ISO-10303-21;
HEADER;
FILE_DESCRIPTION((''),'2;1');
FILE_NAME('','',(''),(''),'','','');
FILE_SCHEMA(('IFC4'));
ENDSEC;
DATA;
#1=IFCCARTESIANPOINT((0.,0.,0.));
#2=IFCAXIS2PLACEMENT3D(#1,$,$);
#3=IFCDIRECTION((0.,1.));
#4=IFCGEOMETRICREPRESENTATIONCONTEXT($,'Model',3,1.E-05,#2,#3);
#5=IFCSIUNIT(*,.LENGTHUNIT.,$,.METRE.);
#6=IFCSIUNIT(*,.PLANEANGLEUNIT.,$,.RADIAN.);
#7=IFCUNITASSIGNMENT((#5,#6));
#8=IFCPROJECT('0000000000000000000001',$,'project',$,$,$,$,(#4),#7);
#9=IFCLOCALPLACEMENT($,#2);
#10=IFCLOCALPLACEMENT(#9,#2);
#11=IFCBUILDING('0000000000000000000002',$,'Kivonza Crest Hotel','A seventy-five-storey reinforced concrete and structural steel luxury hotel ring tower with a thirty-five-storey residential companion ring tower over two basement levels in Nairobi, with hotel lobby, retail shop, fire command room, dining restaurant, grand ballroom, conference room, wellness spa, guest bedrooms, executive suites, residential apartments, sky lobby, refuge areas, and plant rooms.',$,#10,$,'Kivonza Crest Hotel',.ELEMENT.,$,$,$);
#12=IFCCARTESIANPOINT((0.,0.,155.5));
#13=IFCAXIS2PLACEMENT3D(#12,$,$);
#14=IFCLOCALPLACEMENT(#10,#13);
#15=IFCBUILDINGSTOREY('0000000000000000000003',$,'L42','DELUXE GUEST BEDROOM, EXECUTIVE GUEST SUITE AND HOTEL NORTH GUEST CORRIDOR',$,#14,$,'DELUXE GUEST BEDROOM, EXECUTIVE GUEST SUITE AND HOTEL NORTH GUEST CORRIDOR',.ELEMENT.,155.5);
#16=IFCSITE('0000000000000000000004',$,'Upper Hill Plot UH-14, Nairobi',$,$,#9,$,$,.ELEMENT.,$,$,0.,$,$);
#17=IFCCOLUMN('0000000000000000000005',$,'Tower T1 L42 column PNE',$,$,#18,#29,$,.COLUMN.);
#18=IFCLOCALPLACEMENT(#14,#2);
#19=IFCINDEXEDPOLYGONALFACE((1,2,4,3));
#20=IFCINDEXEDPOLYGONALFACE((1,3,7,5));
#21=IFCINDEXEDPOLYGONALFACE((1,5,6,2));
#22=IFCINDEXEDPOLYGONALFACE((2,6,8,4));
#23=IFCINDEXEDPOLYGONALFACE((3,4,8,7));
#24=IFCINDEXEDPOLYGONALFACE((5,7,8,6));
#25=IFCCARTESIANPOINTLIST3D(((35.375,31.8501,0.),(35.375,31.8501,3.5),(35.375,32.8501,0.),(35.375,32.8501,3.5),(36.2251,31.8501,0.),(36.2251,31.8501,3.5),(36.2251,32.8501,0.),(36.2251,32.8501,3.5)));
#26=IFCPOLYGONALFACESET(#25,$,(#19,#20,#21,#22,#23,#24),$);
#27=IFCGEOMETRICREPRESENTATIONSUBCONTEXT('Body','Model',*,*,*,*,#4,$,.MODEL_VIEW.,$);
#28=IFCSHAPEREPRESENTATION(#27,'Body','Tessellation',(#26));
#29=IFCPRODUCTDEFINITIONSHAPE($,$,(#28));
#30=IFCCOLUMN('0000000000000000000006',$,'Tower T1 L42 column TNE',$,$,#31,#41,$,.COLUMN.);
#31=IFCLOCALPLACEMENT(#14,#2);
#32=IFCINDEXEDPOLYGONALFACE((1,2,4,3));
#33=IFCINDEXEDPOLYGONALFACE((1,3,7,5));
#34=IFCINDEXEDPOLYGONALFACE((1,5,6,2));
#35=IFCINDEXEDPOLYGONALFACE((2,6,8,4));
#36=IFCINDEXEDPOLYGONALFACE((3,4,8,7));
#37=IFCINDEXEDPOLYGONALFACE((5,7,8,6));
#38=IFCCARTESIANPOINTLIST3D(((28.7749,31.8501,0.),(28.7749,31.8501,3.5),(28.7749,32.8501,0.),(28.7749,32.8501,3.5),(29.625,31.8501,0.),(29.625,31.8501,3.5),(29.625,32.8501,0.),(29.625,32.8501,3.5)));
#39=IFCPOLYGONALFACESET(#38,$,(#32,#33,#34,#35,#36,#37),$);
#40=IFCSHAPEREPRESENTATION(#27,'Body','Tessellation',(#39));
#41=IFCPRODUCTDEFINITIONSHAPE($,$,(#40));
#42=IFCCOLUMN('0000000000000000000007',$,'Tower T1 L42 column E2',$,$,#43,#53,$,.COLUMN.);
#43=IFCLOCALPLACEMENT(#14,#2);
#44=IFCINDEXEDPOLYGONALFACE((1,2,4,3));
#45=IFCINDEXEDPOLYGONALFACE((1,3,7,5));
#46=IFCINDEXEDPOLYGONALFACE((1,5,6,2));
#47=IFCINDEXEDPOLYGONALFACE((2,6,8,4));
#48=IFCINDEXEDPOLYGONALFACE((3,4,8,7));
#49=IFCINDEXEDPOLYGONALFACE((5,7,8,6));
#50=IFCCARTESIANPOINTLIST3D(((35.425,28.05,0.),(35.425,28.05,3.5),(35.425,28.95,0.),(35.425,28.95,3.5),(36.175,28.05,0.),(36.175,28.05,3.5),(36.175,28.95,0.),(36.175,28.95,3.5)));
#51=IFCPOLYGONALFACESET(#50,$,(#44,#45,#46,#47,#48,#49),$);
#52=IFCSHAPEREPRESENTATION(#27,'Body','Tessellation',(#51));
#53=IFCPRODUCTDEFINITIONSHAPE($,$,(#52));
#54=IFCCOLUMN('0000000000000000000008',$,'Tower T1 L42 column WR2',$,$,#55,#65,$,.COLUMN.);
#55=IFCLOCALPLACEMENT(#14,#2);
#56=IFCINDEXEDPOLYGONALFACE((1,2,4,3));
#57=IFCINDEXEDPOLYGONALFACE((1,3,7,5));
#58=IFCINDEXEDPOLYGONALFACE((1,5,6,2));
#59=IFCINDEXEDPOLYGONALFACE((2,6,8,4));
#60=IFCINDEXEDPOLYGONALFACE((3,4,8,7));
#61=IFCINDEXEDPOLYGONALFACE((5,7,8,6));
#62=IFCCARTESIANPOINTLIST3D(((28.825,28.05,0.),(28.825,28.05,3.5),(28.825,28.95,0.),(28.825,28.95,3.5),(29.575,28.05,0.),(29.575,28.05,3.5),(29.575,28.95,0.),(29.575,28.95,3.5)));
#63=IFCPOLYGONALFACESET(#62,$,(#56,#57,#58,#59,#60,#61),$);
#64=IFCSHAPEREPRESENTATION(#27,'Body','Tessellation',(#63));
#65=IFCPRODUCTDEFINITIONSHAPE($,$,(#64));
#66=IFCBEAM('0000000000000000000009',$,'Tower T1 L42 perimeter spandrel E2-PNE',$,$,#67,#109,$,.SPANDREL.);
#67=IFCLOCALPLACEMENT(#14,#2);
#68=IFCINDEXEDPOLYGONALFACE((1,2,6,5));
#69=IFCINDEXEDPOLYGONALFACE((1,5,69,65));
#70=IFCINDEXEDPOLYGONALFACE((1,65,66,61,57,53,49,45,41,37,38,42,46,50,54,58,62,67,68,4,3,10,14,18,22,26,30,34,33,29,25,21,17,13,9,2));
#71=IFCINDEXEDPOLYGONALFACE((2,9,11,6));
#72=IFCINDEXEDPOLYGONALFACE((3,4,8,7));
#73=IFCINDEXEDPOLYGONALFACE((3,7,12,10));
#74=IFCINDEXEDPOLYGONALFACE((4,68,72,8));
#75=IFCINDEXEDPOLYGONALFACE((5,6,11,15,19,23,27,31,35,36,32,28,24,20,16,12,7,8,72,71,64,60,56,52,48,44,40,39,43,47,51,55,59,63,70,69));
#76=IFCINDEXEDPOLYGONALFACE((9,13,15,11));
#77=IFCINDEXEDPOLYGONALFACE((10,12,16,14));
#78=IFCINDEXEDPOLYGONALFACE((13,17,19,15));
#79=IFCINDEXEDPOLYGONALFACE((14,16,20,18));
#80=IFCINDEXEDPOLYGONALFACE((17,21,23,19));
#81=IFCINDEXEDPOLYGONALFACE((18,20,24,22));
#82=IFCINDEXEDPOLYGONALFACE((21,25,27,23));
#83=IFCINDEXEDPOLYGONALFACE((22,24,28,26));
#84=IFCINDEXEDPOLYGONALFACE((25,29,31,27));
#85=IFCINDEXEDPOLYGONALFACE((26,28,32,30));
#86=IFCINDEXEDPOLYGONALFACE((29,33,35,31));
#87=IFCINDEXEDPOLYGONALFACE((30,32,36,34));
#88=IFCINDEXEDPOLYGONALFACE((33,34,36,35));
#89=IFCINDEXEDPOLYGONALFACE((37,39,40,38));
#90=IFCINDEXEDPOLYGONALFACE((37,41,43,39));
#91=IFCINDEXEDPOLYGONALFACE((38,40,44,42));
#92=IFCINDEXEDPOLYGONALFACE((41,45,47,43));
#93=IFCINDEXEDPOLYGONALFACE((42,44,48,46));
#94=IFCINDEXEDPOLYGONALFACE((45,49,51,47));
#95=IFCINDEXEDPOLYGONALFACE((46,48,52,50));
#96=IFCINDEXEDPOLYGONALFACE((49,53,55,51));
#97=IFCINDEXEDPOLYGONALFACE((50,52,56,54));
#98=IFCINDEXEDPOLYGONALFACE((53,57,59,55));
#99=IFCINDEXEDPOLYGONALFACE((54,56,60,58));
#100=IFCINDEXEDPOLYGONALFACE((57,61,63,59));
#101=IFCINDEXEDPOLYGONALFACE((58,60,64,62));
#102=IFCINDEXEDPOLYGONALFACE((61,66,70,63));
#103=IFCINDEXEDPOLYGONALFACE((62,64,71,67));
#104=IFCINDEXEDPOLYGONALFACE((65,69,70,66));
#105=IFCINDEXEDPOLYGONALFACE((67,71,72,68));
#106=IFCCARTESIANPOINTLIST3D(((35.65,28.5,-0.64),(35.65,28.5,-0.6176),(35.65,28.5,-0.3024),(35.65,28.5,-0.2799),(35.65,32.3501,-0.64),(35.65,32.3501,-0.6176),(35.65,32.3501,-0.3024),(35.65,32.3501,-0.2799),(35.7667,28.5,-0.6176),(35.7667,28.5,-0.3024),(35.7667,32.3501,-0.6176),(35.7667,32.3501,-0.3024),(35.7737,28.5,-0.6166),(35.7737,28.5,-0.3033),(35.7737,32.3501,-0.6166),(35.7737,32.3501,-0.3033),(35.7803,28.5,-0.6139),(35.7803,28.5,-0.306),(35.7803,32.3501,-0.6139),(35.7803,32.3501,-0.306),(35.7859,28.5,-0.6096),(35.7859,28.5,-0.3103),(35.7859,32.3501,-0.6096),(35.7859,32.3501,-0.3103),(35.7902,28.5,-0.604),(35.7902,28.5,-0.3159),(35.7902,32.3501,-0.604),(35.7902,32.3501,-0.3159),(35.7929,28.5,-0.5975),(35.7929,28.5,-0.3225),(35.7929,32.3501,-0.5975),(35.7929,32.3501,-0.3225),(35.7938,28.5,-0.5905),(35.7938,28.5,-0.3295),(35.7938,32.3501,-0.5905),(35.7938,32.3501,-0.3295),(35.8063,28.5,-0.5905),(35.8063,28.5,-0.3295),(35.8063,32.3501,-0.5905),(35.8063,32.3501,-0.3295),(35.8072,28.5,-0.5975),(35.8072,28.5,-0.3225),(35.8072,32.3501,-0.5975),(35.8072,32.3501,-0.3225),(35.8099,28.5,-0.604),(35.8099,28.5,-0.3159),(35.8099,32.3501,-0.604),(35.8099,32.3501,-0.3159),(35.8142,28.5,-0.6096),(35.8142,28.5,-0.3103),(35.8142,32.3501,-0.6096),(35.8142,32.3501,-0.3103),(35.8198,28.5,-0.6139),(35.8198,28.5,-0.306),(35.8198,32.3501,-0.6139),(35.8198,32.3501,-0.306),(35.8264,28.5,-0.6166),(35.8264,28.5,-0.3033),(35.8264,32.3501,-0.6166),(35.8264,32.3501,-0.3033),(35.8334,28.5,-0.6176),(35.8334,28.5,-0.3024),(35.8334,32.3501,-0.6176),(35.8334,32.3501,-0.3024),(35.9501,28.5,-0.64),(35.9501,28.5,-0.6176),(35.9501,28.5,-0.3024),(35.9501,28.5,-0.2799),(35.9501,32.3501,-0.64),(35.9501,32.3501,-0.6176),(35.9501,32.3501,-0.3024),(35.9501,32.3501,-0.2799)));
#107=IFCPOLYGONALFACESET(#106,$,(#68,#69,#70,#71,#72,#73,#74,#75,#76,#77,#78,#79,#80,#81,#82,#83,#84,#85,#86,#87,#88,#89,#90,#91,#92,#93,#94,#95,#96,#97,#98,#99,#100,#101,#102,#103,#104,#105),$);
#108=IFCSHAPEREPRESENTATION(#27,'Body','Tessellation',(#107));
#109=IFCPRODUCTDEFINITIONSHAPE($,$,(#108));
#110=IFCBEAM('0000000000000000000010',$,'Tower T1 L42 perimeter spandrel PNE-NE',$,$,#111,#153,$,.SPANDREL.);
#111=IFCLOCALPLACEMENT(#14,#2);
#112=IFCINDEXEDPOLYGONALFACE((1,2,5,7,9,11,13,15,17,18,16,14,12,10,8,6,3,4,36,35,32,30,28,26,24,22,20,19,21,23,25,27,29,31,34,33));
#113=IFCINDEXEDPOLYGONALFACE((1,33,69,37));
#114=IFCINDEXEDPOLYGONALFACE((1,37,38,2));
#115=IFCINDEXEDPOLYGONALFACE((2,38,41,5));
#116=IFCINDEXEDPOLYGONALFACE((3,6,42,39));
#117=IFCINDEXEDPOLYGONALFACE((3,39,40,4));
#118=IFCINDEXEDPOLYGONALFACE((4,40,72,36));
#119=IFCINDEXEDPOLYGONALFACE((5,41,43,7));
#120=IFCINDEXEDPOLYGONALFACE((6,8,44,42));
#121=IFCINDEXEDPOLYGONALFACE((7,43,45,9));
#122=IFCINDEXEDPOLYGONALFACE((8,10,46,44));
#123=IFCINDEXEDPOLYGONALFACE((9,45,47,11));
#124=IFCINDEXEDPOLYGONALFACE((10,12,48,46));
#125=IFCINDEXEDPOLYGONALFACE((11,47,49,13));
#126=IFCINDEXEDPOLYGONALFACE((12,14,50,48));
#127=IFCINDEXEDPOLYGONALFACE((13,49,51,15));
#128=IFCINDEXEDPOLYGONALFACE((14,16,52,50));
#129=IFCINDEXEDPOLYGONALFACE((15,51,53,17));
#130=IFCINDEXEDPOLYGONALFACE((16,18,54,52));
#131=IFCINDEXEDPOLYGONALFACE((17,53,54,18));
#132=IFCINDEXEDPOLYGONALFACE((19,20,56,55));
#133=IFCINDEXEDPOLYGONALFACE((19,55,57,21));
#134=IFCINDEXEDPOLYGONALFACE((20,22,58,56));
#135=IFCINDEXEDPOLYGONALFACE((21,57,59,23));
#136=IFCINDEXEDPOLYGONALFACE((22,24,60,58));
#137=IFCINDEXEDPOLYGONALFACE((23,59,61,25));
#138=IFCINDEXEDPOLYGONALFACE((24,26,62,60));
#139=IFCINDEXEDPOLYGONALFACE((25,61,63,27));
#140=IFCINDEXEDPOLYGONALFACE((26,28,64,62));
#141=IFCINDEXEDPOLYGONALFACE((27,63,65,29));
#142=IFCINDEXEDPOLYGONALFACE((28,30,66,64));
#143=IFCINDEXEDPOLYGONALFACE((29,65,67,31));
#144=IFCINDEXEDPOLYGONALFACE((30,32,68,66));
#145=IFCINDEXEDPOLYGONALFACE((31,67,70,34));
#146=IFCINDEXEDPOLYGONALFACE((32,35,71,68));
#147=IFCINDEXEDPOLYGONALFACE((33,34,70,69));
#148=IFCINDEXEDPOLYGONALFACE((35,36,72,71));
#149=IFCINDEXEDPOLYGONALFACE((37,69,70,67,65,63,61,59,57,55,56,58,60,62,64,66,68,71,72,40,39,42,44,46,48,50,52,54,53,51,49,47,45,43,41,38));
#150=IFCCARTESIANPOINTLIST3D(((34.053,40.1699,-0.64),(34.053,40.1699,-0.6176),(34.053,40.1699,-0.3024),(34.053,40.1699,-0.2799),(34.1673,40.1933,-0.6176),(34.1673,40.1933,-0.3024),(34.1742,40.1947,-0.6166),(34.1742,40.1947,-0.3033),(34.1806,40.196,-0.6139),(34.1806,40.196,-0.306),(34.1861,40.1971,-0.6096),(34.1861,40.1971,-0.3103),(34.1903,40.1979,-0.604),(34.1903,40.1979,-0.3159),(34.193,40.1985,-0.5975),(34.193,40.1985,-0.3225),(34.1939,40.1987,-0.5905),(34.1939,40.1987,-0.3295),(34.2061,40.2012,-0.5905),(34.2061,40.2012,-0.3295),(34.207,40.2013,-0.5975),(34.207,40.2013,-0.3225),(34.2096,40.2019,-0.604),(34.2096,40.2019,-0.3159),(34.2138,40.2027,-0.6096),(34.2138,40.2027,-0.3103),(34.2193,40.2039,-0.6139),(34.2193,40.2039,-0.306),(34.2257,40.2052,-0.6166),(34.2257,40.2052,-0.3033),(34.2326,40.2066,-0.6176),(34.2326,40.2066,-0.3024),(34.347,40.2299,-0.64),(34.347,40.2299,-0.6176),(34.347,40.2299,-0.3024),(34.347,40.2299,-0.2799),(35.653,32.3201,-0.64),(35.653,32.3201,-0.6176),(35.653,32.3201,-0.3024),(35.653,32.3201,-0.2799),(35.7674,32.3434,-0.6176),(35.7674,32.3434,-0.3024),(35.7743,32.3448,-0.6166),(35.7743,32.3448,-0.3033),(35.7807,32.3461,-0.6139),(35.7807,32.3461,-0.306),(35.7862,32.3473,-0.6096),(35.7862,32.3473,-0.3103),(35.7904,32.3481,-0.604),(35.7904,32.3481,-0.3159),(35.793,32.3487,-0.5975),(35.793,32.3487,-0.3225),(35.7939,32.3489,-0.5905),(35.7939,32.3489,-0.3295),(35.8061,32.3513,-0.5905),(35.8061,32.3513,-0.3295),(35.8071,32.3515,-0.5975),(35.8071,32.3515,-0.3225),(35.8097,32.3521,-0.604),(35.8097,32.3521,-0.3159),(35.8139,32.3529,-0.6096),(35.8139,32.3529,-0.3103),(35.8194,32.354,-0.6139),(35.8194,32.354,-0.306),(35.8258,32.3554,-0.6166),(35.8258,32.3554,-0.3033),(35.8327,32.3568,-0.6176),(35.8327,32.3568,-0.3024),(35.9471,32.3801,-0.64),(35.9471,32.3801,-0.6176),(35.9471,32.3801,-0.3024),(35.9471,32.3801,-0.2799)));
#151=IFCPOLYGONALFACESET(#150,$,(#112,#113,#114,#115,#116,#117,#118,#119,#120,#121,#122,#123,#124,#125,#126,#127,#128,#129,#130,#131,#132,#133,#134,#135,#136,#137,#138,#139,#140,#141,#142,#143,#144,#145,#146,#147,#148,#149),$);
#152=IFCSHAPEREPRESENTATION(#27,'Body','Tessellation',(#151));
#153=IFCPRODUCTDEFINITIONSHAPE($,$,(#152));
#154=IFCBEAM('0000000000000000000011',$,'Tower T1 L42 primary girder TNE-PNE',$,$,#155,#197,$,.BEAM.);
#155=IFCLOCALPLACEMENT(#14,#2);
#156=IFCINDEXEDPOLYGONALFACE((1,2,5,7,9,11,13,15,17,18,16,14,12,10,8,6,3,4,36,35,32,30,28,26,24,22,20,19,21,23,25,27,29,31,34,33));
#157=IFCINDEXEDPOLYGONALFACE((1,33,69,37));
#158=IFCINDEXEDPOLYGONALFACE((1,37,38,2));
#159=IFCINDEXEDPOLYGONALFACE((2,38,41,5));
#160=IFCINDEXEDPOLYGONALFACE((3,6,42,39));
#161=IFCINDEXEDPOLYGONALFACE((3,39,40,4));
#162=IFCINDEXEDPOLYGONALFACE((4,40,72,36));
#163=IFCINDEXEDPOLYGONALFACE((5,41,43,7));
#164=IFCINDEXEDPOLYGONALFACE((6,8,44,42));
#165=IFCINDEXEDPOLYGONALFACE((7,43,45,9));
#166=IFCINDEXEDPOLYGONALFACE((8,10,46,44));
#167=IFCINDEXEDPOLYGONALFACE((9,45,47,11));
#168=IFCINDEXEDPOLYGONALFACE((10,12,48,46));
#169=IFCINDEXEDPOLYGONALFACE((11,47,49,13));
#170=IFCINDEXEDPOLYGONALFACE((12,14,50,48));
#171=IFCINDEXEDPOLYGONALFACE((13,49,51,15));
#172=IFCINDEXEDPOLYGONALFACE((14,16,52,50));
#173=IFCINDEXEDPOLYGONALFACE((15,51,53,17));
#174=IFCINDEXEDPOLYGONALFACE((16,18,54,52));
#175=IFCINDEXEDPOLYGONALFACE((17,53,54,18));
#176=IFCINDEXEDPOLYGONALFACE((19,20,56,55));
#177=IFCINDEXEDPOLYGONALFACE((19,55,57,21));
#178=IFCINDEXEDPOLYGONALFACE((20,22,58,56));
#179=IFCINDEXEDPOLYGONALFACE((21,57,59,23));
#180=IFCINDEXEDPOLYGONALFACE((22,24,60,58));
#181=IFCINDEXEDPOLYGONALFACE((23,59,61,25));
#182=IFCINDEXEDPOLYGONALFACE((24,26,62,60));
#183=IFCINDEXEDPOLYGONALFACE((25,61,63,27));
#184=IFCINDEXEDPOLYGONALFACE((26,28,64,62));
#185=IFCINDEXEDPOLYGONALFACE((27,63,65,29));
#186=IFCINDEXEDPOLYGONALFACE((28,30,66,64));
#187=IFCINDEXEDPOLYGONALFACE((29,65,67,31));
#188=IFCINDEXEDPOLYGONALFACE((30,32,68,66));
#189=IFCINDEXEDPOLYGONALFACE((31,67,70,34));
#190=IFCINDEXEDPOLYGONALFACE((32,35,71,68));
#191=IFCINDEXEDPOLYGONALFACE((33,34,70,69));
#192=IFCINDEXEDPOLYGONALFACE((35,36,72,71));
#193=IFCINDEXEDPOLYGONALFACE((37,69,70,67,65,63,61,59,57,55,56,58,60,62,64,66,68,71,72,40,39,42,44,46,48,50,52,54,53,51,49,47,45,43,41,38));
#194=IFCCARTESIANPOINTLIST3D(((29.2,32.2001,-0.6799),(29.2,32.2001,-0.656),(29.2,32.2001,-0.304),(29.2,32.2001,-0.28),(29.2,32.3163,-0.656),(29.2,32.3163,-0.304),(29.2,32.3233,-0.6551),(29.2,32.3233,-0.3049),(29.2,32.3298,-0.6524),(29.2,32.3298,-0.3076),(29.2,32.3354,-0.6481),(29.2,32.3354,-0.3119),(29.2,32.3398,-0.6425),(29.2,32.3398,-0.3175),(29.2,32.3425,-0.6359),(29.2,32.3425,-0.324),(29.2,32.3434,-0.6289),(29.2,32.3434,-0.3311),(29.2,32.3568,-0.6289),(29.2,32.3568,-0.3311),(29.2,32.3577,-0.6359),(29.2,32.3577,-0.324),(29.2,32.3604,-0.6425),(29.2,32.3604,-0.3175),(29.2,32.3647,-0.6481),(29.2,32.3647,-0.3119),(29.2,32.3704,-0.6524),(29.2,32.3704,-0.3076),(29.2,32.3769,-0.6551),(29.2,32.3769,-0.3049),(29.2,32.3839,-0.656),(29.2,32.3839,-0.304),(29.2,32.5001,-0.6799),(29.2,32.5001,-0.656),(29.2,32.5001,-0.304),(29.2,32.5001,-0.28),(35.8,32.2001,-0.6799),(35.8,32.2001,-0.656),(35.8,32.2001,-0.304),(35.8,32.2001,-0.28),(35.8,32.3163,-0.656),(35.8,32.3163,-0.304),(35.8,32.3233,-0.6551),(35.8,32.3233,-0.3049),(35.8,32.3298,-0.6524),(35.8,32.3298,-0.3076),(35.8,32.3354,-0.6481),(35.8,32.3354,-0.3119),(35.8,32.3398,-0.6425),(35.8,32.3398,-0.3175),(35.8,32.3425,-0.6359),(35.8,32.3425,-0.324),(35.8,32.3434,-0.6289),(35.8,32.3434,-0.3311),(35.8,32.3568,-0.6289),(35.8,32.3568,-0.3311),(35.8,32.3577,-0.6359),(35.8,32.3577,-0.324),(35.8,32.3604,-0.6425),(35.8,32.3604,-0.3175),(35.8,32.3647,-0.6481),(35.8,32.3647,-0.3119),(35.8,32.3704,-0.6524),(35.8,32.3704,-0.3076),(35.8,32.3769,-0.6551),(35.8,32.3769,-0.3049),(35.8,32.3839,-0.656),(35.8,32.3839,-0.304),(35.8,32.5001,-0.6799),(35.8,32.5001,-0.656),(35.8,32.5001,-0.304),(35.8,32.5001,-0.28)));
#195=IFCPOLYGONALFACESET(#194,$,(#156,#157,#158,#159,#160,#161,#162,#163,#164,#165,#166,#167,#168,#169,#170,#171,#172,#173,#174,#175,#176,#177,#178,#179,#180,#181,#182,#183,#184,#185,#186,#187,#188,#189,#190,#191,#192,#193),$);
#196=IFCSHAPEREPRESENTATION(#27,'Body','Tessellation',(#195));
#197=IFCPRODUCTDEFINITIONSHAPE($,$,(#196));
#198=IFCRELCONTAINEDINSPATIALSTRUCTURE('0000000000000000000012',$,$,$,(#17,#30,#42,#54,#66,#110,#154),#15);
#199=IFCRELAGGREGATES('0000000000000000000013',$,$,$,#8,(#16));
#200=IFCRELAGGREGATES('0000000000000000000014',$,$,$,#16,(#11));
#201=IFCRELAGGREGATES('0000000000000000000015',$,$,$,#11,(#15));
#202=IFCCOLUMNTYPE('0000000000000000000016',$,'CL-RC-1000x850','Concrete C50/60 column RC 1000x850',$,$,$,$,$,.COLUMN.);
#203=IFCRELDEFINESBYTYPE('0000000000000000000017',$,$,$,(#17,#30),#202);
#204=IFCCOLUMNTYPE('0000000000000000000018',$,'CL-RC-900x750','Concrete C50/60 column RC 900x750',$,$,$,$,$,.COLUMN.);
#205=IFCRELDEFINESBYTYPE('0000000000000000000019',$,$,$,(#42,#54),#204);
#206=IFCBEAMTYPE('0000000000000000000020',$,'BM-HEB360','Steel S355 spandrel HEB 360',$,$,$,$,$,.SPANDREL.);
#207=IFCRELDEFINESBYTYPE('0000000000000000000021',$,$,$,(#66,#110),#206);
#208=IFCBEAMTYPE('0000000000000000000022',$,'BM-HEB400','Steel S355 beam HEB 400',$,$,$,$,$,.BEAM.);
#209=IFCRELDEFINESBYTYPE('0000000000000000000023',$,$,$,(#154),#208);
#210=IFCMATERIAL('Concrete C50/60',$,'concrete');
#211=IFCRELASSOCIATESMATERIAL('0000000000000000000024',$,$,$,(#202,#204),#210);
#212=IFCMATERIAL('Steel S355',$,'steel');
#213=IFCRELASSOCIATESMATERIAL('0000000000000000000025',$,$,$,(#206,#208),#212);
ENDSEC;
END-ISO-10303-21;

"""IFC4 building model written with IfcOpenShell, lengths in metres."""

from ifc_helpers import new_model, si_unit, direction, frame, origin, origin_2d, place, context, subcontext, project, spatial, rectangle, i_section, extrude, material, material_profile, profile_set, type_object, element, save


model = new_model("IFC4")

# Units and contexts
model_context = context("Model", 3, precision=1e-05, world=origin(), true_north=direction((0.0, 1.0)))
body_context = subcontext(model_context, "Body", "Model", "MODEL_VIEW")
ifc_project = project(units=[si_unit("LENGTHUNIT", "METRE"), si_unit("PLANEANGLEUNIT", "RADIAN")], contexts=[model_context])

# Site, building, storey
site_placement = place(None, origin())
site = spatial("IfcSite", under=ifc_project, at=site_placement, Name="Upper Hill Plot UH-14, Nairobi", CompositionType="ELEMENT", RefElevation=0.0)
building_placement = place(site_placement, origin())
building = spatial("IfcBuilding", under=site, at=building_placement, Name="Kivonza Crest Hotel", Description="A seventy-five-storey reinforced concrete and structural steel luxury hotel ring tower with a thirty-five-storey residential companion ring tower over two basement levels in Nairobi, with hotel lobby, retail shop, fire command room, dining restaurant, grand ballroom, conference room, wellness spa, guest bedrooms, executive suites, residential apartments, sky lobby, refuge areas, and plant rooms.", LongName="Kivonza Crest Hotel", CompositionType="ELEMENT")
storey_placement = place(building_placement, frame((0.0, 0.0, 155.5)))
storey = spatial("IfcBuildingStorey", under=building, at=storey_placement, Name="L42", Description="DELUXE GUEST BEDROOM, EXECUTIVE GUEST SUITE AND HOTEL NORTH GUEST CORRIDOR", LongName="DELUXE GUEST BEDROOM, EXECUTIVE GUEST SUITE AND HOTEL NORTH GUEST CORRIDOR", CompositionType="ELEMENT", Elevation=155.5)

# Columns
ifc_material_1 = material(Name="Concrete C50/60", Category="concrete")
ifc_material_profile_1 = material_profile(ifc_material_1, rectangle(XDim=0.8501, YDim=1.0, at=origin_2d()), Name="RC 1000x850")
ifc_profile_set_1 = profile_set([ifc_material_profile_1], Name="Concrete C50/60")
column_type_1 = type_object("IfcColumnType", Name="CL-RC-1000x850", Description="Concrete C50/60 column RC 1000x850", PredefinedType="COLUMN", material=ifc_profile_set_1)
for number, where, z_axis, x_axis, name in (
    (1, (35.8, 32.3501, 0.0), (0.0, 0.0, 1.0), (1.0, 0.0, 0.0), "Tower T1 L42 column PNE"),
    (2, (29.2, 32.3501, 0.0), (0.0, 0.0, 1.0), (1.0, 0.0, 0.0), "Tower T1 L42 column TNE"),
):
    element("IfcColumn", number, at=place(storey_placement, frame(where, z_axis=z_axis, x_axis=x_axis)), inside=storey, type_object=column_type_1, Name=name, PredefinedType="COLUMN", context=body_context, shape_type="SweptSolid", body=[
        extrude(rectangle(XDim=0.8501, YDim=1.0, at=origin_2d()), origin(), (0.0, 0.0, 1.0), 3.5),
    ])
ifc_material_profile_2 = material_profile(ifc_material_1, rectangle(XDim=0.75, YDim=0.8999, at=origin_2d()), Name="RC 900x750")
ifc_profile_set_2 = profile_set([ifc_material_profile_2], Name="Concrete C50/60")
column_type_2 = type_object("IfcColumnType", Name="CL-RC-900x750", Description="Concrete C50/60 column RC 900x750", PredefinedType="COLUMN", material=ifc_profile_set_2)
for number, where, z_axis, x_axis, name in (
    (3, (35.8, 28.5, 0.0), (0.0, 0.0, 1.0), (1.0, 0.0, 0.0), "Tower T1 L42 column E2"),
    (4, (29.2, 28.5, 0.0), (0.0, 0.0, 1.0), (1.0, 0.0, 0.0), "Tower T1 L42 column WR2"),
):
    element("IfcColumn", number, at=place(storey_placement, frame(where, z_axis=z_axis, x_axis=x_axis)), inside=storey, type_object=column_type_2, Name=name, PredefinedType="COLUMN", context=body_context, shape_type="SweptSolid", body=[
        extrude(rectangle(XDim=0.75, YDim=0.8999, at=origin_2d()), origin(), (0.0, 0.0, 1.0), 3.5),
    ])

# Beams
ifc_material_2 = material(Name="Steel S355", Category="steel")
ifc_material_profile_3 = material_profile(ifc_material_2, i_section(OverallWidth=0.3, OverallDepth=0.3601, WebThickness=0.0125, FlangeThickness=0.0225, FilletRadius=0.0271, at=origin_2d()), Name="HEB 360")
ifc_profile_set_3 = profile_set([ifc_material_profile_3], Name="Steel S355")
beam_type_1 = type_object("IfcBeamType", Name="BM-HEB360", Description="Steel S355 spandrel HEB 360", PredefinedType="SPANDREL", material=ifc_profile_set_3)
beam_1_placement = place(storey_placement, frame((35.8, 28.5, -0.46), z_axis=(0.0, 1.0, 0.0), x_axis=(-1.0, 0.0, 0.0)))
element("IfcBeam", 5, at=beam_1_placement, inside=storey, type_object=beam_type_1, Name="Tower T1 L42 perimeter spandrel E2-PNE", PredefinedType="SPANDREL", context=body_context, shape_type="SweptSolid", body=[
    extrude(i_section(OverallWidth=0.3, OverallDepth=0.3601, WebThickness=0.0125, FlangeThickness=0.0225, FilletRadius=0.0271, at=origin_2d()), origin(), (0.0, 0.0, 1.0), 3.8501),
])
beam_2_placement = place(storey_placement, frame((35.8, 32.3501, -0.46), z_axis=(-0.199731, 0.979851, 0.0), x_axis=(-0.979851, -0.199731, 0.0)))
element("IfcBeam", 6, at=beam_2_placement, inside=storey, type_object=beam_type_1, Name="Tower T1 L42 perimeter spandrel PNE-NE", PredefinedType="SPANDREL", context=body_context, shape_type="SweptSolid", body=[
    extrude(i_section(OverallWidth=0.3, OverallDepth=0.3601, WebThickness=0.0125, FlangeThickness=0.0225, FilletRadius=0.0271, at=origin_2d()), origin(), (0.0, 0.0, 1.0), 8.0112),
])
ifc_material_profile_4 = material_profile(ifc_material_2, i_section(OverallWidth=0.3, OverallDepth=0.3999, WebThickness=0.0134, FlangeThickness=0.0239, FilletRadius=0.0271, at=origin_2d()), Name="HEB 400")
ifc_profile_set_4 = profile_set([ifc_material_profile_4], Name="Steel S355")
beam_type_2 = type_object("IfcBeamType", Name="BM-HEB400", Description="Steel S355 beam HEB 400", PredefinedType="BEAM", material=ifc_profile_set_4)
beam_3_placement = place(storey_placement, frame((29.2, 32.3501, -0.48), z_axis=(1.0, 0.0, 0.0), x_axis=(0.0, 1.0, 0.0)))
element("IfcBeam", 7, at=beam_3_placement, inside=storey, type_object=beam_type_2, Name="Tower T1 L42 primary girder TNE-PNE", PredefinedType="BEAM", context=body_context, shape_type="SweptSolid", body=[
    extrude(i_section(OverallWidth=0.3, OverallDepth=0.3999, WebThickness=0.0134, FlangeThickness=0.0239, FilletRadius=0.0271, at=origin_2d()), origin(), (0.0, 0.0, 1.0), 6.6001),
])

save(model, "model.ifc")
